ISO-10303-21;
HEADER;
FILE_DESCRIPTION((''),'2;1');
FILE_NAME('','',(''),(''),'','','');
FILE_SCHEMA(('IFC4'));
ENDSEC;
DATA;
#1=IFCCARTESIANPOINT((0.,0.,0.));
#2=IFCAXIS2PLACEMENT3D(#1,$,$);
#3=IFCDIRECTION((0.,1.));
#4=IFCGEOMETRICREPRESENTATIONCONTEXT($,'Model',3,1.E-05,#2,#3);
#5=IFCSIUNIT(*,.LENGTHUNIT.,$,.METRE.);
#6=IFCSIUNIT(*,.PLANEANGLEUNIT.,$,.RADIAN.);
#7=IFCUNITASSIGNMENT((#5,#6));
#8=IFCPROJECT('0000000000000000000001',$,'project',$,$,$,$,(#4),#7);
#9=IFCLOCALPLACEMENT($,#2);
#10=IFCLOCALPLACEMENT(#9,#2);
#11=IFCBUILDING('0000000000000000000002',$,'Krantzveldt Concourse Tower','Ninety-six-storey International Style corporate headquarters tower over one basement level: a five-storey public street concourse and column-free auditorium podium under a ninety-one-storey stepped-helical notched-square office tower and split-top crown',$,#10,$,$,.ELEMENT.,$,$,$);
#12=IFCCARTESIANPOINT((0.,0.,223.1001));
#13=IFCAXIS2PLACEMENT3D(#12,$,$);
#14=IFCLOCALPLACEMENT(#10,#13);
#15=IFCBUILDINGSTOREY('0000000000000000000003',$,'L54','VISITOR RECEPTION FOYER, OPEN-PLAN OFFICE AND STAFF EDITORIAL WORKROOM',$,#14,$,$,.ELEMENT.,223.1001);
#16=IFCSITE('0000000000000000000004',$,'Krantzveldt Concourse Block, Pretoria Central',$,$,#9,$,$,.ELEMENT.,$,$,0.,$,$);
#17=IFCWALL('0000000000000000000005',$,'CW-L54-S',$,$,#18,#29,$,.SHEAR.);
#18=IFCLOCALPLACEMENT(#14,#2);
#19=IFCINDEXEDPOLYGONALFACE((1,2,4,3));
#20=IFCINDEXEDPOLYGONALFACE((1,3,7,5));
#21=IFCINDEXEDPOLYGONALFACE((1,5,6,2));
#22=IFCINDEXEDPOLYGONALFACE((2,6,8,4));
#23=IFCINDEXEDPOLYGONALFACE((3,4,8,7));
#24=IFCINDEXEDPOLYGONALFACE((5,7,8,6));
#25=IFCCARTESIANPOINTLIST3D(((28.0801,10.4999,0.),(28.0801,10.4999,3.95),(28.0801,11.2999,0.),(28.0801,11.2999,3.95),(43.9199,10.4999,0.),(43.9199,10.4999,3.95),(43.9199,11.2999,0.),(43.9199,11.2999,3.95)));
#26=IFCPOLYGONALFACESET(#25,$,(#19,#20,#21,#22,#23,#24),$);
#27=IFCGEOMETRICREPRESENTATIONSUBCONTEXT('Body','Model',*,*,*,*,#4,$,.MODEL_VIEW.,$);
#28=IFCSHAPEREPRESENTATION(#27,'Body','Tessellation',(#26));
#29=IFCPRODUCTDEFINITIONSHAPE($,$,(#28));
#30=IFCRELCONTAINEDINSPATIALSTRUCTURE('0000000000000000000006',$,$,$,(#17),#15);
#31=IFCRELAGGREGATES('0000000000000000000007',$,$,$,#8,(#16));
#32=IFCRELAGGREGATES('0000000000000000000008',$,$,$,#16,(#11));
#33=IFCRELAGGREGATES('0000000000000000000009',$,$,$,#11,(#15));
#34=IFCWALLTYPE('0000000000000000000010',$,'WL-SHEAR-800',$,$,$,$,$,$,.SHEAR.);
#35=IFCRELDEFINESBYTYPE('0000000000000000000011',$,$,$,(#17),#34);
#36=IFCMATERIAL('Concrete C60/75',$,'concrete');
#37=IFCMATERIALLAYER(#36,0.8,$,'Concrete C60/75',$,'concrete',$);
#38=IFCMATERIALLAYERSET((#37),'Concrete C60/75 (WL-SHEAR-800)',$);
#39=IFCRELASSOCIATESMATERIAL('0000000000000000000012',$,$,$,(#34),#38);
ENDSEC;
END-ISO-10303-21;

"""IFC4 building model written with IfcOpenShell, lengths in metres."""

from ifc_helpers import new_model, si_unit, direction, frame, frame_2d, origin, place, context, subcontext, project, spatial, rectangle, extrude, material, layer, layer_set, type_object, element, save


model = new_model("IFC4")

# Units and contexts
model_context = context("Model", 3, precision=1e-05, world=origin(), true_north=direction((0.0, 1.0)))
body_context = subcontext(model_context, "Body", "Model", "MODEL_VIEW")
ifc_project = project(units=[si_unit("LENGTHUNIT", "METRE"), si_unit("PLANEANGLEUNIT", "RADIAN")], contexts=[model_context])

# Site, building, storey
site_placement = place(None, origin())
site = spatial("IfcSite", under=ifc_project, at=site_placement, Name="Krantzveldt Concourse Block, Pretoria Central", CompositionType="ELEMENT", RefElevation=0.0)
building_placement = place(site_placement, origin())
building = spatial("IfcBuilding", under=site, at=building_placement, Name="Krantzveldt Concourse Tower", Description="Ninety-six-storey International Style corporate headquarters tower over one basement level: a five-storey public street concourse and column-free auditorium podium under a ninety-one-storey stepped-helical notched-square office tower and split-top crown", CompositionType="ELEMENT")
storey_placement = place(building_placement, frame((0.0, 0.0, 223.1001)))
storey = spatial("IfcBuildingStorey", under=building, at=storey_placement, Name="L54", Description="VISITOR RECEPTION FOYER, OPEN-PLAN OFFICE AND STAFF EDITORIAL WORKROOM", CompositionType="ELEMENT", Elevation=223.1001)

# Wall
ifc_material_1 = material(Name="Concrete C60/75", Category="concrete")
ifc_layer_1 = layer(ifc_material_1, 0.8, Name="Concrete C60/75", Category="concrete")
ifc_layer_set_1 = layer_set([ifc_layer_1], Name="Concrete C60/75 (WL-SHEAR-800)")
wall_type_1 = type_object("IfcWallType", Name="WL-SHEAR-800", PredefinedType="SHEAR", material=ifc_layer_set_1)
wall_1_placement = place(storey_placement, frame((28.0801, 10.8999, 0.0), z_axis=(0.0, 0.0, 1.0), x_axis=(1.0, 0.0, 0.0)))
element("IfcWall", 1, at=wall_1_placement, inside=storey, type_object=wall_type_1, Name="CW-L54-S", PredefinedType="SHEAR", context=body_context, shape_type="SweptSolid", body=[
    extrude(rectangle(XDim=15.8398, YDim=0.8, at=frame_2d((7.9199, 0.0))), origin(), (0.0, 0.0, 1.0), 3.95),
])

save(model, "model.ifc")
